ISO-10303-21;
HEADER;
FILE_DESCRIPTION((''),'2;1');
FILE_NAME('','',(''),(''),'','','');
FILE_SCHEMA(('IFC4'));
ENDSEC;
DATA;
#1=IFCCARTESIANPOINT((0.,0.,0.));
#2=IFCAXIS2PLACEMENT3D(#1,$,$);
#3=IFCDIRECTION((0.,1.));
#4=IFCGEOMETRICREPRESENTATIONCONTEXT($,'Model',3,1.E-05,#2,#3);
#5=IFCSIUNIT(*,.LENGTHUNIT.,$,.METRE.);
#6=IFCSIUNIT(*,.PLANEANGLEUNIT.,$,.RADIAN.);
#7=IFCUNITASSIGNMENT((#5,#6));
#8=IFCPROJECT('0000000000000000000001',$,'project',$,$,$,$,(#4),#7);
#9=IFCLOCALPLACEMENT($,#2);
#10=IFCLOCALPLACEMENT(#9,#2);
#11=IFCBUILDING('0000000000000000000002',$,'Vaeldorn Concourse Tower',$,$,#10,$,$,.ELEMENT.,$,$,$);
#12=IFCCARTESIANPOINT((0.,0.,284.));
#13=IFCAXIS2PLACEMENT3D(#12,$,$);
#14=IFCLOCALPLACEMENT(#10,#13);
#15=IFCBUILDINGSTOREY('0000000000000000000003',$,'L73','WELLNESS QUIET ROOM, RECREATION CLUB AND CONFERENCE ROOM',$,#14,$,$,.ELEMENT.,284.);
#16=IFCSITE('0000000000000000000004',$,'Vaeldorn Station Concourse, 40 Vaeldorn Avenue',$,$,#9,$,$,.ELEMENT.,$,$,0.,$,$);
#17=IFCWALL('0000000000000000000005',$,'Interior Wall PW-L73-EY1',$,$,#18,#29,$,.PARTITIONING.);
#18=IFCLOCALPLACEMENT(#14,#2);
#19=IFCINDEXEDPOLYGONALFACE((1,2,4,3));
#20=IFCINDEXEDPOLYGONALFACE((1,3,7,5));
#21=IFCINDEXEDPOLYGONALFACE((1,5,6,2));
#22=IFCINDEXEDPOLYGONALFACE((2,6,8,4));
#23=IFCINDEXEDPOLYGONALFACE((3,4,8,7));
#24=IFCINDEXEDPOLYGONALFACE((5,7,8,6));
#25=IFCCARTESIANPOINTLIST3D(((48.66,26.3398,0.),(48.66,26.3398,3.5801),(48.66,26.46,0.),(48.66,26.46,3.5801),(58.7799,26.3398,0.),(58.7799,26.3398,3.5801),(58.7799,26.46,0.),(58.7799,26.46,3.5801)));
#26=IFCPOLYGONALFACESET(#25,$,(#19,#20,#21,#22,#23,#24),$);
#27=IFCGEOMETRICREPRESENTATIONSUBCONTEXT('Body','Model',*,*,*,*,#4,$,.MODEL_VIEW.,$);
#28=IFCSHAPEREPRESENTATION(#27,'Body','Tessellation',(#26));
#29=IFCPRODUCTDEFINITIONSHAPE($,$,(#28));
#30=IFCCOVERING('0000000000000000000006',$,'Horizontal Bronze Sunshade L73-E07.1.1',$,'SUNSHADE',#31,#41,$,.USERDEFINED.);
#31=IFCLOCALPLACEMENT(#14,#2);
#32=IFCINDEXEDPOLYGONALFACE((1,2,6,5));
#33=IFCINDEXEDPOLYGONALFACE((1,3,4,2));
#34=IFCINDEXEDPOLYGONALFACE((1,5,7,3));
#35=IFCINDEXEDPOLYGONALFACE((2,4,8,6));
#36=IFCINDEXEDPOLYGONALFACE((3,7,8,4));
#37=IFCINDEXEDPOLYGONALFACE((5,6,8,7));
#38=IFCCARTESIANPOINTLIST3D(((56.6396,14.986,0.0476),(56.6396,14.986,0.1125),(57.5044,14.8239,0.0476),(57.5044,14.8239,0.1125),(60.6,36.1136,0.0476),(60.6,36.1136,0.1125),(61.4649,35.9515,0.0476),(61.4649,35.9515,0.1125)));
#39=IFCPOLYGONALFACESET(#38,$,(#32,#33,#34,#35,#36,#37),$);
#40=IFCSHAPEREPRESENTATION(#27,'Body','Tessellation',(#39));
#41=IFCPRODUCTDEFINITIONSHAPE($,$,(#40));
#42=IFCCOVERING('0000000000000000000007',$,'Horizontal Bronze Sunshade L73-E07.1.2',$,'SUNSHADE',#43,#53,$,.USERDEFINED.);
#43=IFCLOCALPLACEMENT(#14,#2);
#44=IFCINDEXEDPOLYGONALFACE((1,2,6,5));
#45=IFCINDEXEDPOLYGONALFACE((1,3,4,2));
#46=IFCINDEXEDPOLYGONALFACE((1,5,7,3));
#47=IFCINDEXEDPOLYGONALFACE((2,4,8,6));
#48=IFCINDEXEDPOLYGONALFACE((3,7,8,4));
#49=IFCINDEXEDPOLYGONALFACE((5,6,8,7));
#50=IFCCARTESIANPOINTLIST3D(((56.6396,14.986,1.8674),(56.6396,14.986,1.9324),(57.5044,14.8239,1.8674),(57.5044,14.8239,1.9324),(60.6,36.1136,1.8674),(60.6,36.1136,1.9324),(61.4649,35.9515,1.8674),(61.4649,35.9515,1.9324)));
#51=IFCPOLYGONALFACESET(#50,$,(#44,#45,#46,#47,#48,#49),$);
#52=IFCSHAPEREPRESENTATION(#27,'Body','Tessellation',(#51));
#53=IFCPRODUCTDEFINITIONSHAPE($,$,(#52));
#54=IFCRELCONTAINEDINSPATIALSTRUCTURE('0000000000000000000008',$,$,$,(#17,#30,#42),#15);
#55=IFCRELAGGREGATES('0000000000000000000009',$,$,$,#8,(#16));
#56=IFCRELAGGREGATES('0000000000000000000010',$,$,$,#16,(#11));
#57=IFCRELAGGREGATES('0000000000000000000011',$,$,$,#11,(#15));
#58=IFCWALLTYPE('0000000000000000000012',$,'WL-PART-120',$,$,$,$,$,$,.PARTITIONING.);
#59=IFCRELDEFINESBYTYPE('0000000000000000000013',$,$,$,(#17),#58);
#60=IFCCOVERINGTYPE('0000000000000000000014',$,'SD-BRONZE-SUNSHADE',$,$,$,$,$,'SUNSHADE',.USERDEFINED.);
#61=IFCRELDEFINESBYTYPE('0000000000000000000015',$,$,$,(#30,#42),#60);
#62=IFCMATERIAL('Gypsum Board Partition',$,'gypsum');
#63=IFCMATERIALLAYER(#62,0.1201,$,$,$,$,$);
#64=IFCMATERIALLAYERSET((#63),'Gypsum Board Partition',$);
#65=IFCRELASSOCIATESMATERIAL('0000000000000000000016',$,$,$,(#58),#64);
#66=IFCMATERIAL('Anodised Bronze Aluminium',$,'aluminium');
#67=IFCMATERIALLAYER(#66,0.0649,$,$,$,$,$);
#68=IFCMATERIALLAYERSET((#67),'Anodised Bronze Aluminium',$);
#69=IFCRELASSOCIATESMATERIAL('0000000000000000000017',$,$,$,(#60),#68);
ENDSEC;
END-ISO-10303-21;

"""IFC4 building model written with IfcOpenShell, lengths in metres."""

from ifc_helpers import new_model, si_unit, direction, frame, frame_2d, origin, origin_2d, place, context, subcontext, project, spatial, rectangle, extrude, source, transform, mapped, material, layer, layer_set, type_object, element, save


model = new_model("IFC4")

# Units and contexts
model_context = context("Model", 3, precision=1e-05, world=origin(), true_north=direction((0.0, 1.0)))
body_context = subcontext(model_context, "Body", "Model", "MODEL_VIEW")
ifc_project = project(units=[si_unit("LENGTHUNIT", "METRE"), si_unit("PLANEANGLEUNIT", "RADIAN")], contexts=[model_context])

# Site, building, storey
site_placement = place(None, origin())
site = spatial("IfcSite", under=ifc_project, at=site_placement, Name="Vaeldorn Station Concourse, 40 Vaeldorn Avenue", CompositionType="ELEMENT", RefElevation=0.0)
building_placement = place(site_placement, origin())
building = spatial("IfcBuilding", under=site, at=building_placement, Name="Vaeldorn Concourse Tower", CompositionType="ELEMENT")
storey_placement = place(building_placement, frame((0.0, 0.0, 284.0)))
storey = spatial("IfcBuildingStorey", under=building, at=storey_placement, Name="L73", Description="WELLNESS QUIET ROOM, RECREATION CLUB AND CONFERENCE ROOM", CompositionType="ELEMENT", Elevation=284.0)

# Shared definitions
ifc_material_1 = material(Name="Anodised Bronze Aluminium", Category="aluminium")

# Shared definitions
ifc_material_2 = material(Name="Gypsum Board Partition", Category="gypsum")
ifc_layer_1 = layer(ifc_material_2, 0.1201)
ifc_layer_set_1 = layer_set([ifc_layer_1], Name="Gypsum Board Partition")
wall_type = type_object("IfcWallType", Name="WL-PART-120", PredefinedType="PARTITIONING", material=ifc_layer_set_1)

# Wall
wall_1_placement = place(storey_placement, frame((48.6599, 26.3999, 0.0), z_axis=(0.0, 0.0, 1.0), x_axis=(1.0, 0.0, 0.0)))
element("IfcWall", 1, at=wall_1_placement, inside=storey, type_object=wall_type, Name="Interior Wall PW-L73-EY1", PredefinedType="PARTITIONING", context=body_context, shape_type="SweptSolid", body=[
    extrude(rectangle(XDim=10.1199, YDim=0.1201, at=frame_2d((5.0601, 0.0))), origin(), (0.0, 0.0, 1.0), 3.5801),
])

# Coverings
ifc_layer_2 = layer(ifc_material_1, 0.0649)
ifc_layer_set_2 = layer_set([ifc_layer_2], Name="Anodised Bronze Aluminium")
covering_type = type_object("IfcCoveringType", Name="SD-BRONZE-SUNSHADE", ElementType="SUNSHADE", PredefinedType="USERDEFINED", material=ifc_layer_set_2)
shared_shape_1 = source(origin(), body_context, "Body", "SweptSolid", [
    extrude(rectangle(XDim=21.4956, YDim=0.8799, at=origin_2d()), origin(), (0.0, 0.0, 1.0), 0.0649),
])
for number, where, z_axis, x_axis, name in (
    (2, (59.0522, 25.4688, 0.0476), (0.0, 0.0, 1.0), (0.184243, 0.982881, 0.0), "Horizontal Bronze Sunshade L73-E07.1.1"),
    (3, (59.0522, 25.4688, 1.8674), (0.0, 0.0, 1.0), (0.184243, 0.982881, 0.0), "Horizontal Bronze Sunshade L73-E07.1.2"),
):
    element("IfcCovering", number, at=place(storey_placement, frame(where, z_axis=z_axis, x_axis=x_axis)), inside=storey, type_object=covering_type, Name=name, ObjectType="SUNSHADE", PredefinedType="USERDEFINED", context=body_context, shape_type="MappedRepresentation", body=[
        mapped(shared_shape_1, transform((0.0, 0.0, 0.0), scale=1.0)),
    ])

save(model, "model.ifc")
